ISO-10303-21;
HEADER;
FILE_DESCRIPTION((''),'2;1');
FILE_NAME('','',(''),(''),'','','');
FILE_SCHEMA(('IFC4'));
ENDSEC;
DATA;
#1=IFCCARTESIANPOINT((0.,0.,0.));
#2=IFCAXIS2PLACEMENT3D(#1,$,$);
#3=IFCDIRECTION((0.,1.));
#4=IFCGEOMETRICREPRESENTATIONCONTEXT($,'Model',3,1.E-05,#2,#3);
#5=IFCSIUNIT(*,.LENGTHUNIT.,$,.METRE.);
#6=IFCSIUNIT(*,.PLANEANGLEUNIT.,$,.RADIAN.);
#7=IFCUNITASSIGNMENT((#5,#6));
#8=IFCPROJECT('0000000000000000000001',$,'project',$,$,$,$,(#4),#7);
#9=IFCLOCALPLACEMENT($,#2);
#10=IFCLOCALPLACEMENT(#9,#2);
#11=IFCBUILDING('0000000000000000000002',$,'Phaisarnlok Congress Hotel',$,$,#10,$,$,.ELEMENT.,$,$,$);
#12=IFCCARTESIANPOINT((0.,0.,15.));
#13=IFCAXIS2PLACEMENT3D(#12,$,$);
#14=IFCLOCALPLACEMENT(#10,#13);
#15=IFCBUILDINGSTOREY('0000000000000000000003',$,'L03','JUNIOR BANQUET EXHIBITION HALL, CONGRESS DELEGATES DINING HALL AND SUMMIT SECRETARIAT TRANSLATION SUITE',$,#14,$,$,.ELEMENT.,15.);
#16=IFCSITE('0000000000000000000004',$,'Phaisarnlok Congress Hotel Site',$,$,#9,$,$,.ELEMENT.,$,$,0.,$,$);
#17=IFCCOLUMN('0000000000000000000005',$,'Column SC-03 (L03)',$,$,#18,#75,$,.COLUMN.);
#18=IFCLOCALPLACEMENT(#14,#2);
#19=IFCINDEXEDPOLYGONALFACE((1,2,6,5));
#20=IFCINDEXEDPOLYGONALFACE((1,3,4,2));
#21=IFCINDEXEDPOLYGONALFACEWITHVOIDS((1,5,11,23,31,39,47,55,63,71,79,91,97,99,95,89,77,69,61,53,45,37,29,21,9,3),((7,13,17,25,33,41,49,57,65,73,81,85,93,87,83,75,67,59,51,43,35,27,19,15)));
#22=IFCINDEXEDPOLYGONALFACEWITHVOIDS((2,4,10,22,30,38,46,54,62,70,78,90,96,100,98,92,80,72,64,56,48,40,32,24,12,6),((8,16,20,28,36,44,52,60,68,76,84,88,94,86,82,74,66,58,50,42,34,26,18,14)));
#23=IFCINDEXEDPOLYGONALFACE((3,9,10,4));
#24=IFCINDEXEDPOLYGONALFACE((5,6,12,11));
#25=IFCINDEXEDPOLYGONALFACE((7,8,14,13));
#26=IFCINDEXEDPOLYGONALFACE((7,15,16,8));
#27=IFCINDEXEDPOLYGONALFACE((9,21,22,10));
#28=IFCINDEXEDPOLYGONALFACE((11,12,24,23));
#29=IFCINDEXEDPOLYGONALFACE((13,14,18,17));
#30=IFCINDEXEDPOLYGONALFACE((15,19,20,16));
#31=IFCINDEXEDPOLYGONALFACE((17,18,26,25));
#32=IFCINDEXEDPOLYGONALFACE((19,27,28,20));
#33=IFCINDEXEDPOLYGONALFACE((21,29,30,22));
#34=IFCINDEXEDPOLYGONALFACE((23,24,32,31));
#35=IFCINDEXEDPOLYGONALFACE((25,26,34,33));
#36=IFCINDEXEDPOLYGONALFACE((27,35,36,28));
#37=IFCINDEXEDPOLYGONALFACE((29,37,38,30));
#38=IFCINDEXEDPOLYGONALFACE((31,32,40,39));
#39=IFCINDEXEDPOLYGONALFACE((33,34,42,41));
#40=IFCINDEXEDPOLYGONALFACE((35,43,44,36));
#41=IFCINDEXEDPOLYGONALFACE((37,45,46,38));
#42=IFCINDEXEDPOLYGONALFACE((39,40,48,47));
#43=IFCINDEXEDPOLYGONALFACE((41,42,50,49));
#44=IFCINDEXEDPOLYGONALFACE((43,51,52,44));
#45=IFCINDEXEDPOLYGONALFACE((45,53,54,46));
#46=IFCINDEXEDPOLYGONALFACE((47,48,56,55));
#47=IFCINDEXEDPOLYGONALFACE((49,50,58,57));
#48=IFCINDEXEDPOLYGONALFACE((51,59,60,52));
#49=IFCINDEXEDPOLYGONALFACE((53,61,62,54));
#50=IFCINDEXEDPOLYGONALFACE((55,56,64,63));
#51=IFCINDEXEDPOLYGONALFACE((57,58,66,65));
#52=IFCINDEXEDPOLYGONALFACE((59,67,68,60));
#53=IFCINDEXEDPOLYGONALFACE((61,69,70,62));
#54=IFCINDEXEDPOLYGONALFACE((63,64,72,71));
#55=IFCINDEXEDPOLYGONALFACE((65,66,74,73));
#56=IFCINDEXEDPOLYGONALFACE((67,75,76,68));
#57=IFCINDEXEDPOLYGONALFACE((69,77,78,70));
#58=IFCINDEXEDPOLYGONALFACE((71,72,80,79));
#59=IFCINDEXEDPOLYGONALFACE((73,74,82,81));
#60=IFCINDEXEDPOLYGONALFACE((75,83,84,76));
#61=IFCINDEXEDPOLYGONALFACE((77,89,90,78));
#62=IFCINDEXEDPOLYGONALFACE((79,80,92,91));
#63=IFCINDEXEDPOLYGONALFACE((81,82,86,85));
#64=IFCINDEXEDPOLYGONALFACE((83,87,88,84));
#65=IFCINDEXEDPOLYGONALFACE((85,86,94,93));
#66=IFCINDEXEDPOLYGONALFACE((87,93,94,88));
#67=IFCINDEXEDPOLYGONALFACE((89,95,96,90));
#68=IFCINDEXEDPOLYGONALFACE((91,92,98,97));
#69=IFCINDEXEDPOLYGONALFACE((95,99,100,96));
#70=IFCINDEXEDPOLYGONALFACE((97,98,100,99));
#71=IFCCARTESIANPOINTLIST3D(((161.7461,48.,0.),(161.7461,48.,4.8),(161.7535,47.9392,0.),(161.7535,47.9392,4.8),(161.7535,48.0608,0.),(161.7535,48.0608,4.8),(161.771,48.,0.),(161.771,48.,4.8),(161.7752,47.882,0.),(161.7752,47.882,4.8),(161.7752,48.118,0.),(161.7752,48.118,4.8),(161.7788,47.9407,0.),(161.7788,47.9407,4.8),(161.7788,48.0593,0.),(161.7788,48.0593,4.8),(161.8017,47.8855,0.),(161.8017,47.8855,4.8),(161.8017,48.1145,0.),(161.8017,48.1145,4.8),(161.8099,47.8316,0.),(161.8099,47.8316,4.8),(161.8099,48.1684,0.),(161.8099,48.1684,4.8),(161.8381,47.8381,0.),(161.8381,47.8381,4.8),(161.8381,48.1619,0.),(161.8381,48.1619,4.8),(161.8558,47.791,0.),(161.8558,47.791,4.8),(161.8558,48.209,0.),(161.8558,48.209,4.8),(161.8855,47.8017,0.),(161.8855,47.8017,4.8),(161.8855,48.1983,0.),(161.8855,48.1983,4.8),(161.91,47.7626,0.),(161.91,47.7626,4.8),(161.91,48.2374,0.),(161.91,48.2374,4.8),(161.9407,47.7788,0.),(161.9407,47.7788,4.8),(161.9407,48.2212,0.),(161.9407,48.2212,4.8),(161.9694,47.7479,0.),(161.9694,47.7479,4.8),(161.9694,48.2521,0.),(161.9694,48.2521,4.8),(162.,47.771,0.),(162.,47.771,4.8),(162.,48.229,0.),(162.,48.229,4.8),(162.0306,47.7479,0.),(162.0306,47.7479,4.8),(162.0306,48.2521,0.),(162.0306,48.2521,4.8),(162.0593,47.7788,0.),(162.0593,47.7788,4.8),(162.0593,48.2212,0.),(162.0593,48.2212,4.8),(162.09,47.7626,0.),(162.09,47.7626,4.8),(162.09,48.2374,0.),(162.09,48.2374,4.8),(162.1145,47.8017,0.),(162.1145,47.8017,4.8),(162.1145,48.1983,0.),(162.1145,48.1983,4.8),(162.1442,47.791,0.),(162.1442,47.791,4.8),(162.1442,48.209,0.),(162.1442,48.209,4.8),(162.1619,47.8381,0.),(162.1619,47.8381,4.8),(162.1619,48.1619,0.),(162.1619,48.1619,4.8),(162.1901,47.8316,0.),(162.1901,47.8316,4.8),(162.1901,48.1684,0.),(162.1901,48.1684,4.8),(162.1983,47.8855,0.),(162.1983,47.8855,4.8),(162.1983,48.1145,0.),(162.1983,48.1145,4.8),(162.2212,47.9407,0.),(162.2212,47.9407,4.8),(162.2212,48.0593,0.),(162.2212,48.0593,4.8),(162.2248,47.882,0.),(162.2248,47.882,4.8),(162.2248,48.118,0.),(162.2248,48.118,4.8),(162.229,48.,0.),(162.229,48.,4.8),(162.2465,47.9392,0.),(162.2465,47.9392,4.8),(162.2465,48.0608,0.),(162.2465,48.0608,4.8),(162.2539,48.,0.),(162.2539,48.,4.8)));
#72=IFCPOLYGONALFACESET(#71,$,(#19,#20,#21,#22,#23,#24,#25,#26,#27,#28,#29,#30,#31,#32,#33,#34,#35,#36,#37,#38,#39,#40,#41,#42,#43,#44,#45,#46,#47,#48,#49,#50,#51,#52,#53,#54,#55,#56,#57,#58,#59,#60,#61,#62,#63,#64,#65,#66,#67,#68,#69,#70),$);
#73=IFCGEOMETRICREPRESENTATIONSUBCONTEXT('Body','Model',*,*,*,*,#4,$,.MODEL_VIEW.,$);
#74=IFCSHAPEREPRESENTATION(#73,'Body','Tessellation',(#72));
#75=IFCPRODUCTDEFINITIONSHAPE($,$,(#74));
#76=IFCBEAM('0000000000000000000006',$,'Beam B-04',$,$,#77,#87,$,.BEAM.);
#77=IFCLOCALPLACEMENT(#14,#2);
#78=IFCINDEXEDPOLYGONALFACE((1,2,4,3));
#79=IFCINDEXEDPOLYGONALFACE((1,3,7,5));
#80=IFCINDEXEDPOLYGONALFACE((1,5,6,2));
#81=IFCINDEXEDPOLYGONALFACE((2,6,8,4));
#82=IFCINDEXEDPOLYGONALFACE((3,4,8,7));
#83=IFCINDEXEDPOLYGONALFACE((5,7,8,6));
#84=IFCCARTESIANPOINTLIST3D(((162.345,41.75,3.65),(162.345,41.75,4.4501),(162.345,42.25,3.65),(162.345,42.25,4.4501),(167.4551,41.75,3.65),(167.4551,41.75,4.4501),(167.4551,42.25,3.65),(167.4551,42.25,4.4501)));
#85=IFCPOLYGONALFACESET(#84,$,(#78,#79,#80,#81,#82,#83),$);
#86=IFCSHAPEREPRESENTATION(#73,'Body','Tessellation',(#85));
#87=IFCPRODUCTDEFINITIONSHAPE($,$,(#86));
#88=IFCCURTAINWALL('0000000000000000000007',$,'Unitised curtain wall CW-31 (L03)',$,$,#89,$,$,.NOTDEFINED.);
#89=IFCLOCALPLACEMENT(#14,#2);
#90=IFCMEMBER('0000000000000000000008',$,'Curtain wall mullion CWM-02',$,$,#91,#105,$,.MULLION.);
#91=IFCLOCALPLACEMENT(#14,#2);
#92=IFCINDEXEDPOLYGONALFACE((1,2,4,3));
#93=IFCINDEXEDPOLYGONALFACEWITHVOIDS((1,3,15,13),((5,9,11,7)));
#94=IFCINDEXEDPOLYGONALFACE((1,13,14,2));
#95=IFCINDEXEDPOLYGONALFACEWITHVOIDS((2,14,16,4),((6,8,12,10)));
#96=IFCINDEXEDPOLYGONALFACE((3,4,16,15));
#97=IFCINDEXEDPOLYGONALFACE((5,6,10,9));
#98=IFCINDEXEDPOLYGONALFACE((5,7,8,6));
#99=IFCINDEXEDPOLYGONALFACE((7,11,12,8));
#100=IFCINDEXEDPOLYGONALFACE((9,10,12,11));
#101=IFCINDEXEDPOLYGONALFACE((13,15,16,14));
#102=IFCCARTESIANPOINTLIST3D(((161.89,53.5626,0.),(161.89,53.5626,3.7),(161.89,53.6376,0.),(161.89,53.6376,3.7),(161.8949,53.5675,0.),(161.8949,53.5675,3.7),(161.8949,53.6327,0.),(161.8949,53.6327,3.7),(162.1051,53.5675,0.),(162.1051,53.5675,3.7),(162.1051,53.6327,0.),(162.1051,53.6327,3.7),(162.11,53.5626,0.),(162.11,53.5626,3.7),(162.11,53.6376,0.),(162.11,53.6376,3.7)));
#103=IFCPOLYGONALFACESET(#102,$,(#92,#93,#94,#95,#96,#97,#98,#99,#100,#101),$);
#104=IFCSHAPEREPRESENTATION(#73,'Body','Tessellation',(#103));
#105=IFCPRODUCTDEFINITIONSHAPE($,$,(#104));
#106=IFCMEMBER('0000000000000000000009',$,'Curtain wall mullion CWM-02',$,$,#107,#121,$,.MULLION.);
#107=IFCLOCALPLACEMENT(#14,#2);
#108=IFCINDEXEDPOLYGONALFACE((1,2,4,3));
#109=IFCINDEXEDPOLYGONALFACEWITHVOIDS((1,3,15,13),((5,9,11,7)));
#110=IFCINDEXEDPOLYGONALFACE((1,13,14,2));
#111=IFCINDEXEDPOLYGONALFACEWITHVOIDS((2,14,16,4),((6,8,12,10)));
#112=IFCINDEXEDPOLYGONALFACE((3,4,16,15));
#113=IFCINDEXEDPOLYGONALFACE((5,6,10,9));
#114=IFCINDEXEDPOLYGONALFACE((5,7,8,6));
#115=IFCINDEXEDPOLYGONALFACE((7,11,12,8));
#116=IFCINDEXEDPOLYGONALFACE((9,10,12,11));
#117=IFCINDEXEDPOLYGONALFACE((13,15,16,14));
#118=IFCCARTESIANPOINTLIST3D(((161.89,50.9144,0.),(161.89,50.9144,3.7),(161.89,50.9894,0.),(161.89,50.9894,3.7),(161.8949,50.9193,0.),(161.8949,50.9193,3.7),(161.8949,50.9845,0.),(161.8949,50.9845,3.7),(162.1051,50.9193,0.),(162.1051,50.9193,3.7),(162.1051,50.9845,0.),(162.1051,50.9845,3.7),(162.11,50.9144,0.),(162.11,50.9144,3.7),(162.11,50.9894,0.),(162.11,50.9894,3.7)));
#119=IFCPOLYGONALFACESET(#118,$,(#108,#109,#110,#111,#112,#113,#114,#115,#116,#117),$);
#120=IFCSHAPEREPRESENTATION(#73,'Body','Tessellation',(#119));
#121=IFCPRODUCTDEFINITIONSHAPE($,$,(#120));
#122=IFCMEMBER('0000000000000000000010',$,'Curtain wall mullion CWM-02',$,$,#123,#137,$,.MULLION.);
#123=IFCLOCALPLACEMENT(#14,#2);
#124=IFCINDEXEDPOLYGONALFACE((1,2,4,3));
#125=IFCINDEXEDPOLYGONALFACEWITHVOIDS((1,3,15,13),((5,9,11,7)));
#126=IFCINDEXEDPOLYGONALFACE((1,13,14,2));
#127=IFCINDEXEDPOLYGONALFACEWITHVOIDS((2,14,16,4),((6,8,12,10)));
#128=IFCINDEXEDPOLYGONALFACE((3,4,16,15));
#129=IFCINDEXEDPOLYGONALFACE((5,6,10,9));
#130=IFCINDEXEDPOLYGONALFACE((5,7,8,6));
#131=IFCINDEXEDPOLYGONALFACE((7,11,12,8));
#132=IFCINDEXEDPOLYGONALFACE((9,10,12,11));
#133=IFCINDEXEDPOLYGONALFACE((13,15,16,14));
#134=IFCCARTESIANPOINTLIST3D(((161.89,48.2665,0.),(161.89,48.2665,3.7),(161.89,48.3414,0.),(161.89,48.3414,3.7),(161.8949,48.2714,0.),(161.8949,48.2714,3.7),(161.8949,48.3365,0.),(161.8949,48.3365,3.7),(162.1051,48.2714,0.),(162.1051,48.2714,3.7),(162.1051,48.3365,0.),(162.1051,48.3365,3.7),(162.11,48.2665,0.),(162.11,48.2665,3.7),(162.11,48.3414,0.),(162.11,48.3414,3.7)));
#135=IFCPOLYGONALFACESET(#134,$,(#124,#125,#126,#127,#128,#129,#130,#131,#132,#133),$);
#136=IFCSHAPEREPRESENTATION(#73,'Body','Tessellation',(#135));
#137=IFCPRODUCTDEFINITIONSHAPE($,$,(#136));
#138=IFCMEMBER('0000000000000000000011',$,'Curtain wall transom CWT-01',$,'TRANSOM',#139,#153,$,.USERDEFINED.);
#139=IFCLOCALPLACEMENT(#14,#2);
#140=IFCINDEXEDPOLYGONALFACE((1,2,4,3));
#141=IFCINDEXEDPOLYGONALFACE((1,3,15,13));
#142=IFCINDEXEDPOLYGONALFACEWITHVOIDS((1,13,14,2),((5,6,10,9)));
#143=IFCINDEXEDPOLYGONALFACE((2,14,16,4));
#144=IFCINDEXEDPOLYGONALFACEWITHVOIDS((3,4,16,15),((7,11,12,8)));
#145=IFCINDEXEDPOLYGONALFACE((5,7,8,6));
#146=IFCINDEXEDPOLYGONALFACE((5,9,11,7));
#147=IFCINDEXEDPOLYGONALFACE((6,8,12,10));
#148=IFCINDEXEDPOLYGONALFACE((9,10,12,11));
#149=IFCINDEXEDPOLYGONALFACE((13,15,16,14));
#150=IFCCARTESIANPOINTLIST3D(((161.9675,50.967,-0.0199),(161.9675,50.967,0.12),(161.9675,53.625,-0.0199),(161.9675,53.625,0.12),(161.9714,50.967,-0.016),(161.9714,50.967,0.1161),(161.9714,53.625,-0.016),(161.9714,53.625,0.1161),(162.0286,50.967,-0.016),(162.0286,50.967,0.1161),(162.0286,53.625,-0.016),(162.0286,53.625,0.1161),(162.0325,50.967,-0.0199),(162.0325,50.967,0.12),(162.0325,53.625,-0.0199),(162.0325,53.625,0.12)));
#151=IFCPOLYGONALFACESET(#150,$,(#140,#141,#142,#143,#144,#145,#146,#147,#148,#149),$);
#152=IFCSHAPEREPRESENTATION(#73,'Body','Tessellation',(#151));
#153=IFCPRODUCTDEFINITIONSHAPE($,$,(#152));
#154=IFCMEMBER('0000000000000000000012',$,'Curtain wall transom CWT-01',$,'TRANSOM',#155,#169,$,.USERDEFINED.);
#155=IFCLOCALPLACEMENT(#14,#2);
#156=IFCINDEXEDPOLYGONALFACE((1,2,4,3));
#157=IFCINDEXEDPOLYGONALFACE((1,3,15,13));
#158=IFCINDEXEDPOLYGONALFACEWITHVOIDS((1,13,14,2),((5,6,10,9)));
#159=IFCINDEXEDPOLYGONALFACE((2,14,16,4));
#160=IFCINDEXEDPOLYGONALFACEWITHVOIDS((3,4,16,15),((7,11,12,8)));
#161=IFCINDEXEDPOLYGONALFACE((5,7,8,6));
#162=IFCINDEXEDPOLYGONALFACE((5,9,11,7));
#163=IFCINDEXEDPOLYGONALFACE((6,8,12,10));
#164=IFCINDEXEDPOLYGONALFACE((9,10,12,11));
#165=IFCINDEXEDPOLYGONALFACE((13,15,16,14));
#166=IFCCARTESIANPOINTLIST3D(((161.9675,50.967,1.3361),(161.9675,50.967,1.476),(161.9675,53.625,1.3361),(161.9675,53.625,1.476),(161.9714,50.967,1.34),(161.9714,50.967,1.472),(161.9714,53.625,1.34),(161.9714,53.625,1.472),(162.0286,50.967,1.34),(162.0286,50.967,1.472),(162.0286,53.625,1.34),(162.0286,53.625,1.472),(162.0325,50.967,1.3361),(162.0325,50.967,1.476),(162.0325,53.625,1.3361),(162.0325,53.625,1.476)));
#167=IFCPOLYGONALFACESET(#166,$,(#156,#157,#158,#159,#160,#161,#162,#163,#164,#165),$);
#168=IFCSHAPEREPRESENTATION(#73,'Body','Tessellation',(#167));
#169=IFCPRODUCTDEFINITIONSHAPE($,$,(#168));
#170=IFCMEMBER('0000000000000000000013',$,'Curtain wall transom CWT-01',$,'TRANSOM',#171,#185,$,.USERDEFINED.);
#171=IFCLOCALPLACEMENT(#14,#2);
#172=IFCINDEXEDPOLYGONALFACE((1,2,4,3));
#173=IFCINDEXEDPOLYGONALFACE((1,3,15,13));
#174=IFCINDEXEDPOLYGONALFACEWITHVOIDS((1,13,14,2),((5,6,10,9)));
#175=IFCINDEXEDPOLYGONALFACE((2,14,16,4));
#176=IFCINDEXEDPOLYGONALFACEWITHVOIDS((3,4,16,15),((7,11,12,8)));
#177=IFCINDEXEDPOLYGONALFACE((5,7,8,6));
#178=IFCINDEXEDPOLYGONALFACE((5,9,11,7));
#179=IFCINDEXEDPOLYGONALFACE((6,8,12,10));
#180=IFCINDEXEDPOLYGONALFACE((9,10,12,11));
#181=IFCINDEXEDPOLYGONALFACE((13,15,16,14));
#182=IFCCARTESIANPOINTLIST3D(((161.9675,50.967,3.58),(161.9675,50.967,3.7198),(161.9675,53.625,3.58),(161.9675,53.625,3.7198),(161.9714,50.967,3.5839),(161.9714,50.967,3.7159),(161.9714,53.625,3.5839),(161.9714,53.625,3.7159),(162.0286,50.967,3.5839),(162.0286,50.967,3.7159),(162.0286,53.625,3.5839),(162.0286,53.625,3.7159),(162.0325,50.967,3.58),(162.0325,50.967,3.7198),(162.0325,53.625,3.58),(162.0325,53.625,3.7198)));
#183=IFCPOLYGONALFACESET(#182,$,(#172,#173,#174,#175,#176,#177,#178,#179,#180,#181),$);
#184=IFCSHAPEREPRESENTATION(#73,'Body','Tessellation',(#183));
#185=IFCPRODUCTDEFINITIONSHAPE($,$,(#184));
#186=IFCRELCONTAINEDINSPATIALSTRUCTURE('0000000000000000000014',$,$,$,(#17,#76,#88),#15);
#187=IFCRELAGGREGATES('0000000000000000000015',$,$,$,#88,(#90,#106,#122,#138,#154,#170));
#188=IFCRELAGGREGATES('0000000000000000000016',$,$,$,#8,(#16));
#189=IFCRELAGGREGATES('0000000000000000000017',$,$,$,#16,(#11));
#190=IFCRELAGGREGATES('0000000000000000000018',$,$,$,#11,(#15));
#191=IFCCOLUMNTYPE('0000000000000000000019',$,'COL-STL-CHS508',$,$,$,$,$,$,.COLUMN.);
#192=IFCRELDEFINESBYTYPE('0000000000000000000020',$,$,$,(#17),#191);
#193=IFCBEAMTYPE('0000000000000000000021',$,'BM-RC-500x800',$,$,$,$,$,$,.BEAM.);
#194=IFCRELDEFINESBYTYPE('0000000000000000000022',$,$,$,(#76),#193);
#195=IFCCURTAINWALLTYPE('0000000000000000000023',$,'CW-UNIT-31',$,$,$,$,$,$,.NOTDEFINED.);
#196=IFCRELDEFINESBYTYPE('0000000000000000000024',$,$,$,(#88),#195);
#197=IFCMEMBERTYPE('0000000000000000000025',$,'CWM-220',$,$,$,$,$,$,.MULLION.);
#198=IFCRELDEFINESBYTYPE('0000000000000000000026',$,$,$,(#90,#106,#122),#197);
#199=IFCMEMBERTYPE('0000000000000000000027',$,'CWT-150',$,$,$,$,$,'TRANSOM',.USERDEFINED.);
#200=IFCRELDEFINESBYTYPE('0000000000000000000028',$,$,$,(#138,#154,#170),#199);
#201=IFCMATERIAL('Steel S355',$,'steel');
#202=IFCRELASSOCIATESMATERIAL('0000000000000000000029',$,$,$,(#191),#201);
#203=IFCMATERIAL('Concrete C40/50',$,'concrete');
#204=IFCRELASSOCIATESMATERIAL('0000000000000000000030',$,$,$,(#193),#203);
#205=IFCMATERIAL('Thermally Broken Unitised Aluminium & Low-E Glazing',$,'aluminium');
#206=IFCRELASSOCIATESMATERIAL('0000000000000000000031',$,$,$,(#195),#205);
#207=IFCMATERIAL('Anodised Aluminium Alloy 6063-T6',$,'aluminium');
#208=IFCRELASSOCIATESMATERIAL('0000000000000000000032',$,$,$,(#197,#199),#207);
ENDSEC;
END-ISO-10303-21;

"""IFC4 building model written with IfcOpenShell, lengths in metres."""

from ifc_helpers import new_model, si_unit, direction, frame, origin, origin_2d, place, context, subcontext, project, spatial, rectangle, hollow_rectangle, hollow_circle, extrude, material, material_profile, profile_set, type_object, element, aggregate, save


model = new_model("IFC4")

# Units and contexts
model_context = context("Model", 3, precision=1e-05, world=origin(), true_north=direction((0.0, 1.0)))
body_context = subcontext(model_context, "Body", "Model", "MODEL_VIEW")
ifc_project = project(units=[si_unit("LENGTHUNIT", "METRE"), si_unit("PLANEANGLEUNIT", "RADIAN")], contexts=[model_context])

# Site, building, storey
site_placement = place(None, origin())
site = spatial("IfcSite", under=ifc_project, at=site_placement, Name="Phaisarnlok Congress Hotel Site", CompositionType="ELEMENT", RefElevation=0.0)
building_placement = place(site_placement, origin())
building = spatial("IfcBuilding", under=site, at=building_placement, Name="Phaisarnlok Congress Hotel", CompositionType="ELEMENT")
storey_placement = place(building_placement, frame((0.0, 0.0, 15.0)))
storey = spatial("IfcBuildingStorey", under=building, at=storey_placement, Name="L03", Description="JUNIOR BANQUET EXHIBITION HALL, CONGRESS DELEGATES DINING HALL AND SUMMIT SECRETARIAT TRANSLATION SUITE", CompositionType="ELEMENT", Elevation=15.0)

# Column
ifc_material_1 = material(Name="Steel S355", Category="steel")
ifc_material_profile_1 = material_profile(ifc_material_1, hollow_circle(Radius=0.2539, WallThickness=0.0249, at=origin_2d()), Name="CHS 508x25")
ifc_profile_set_1 = profile_set([ifc_material_profile_1], Name="Steel S355")
column_type_1 = type_object("IfcColumnType", Name="COL-STL-CHS508", PredefinedType="COLUMN", material=ifc_profile_set_1)
for number, where, z_axis, x_axis, name in (
    (1, (162.0, 48.0, 0.0), (0.0, 0.0, 1.0), (1.0, 0.0, 0.0), "Column SC-03 (L03)"),
):
    element("IfcColumn", number, at=place(storey_placement, frame(where, z_axis=z_axis, x_axis=x_axis)), inside=storey, type_object=column_type_1, Name=name, PredefinedType="COLUMN", context=body_context, shape_type="SweptSolid", body=[
        extrude(hollow_circle(Radius=0.2539, WallThickness=0.0249, at=origin_2d()), origin(), (0.0, 0.0, 1.0), 4.8),
    ])

# Beam
ifc_material_2 = material(Name="Concrete C40/50", Category="concrete")
ifc_material_profile_2 = material_profile(ifc_material_2, rectangle(XDim=0.5, YDim=0.8, at=origin_2d()), Name="RC 500x800")
ifc_profile_set_2 = profile_set([ifc_material_profile_2], Name="Concrete C40/50")
beam_type_1 = type_object("IfcBeamType", Name="BM-RC-500x800", PredefinedType="BEAM", material=ifc_profile_set_2)
beam_1_placement = place(storey_placement, frame((162.345, 42.0, 4.05), z_axis=(1.0, 0.0, 0.0), x_axis=(0.0, 1.0, 0.0)))
element("IfcBeam", 2, at=beam_1_placement, inside=storey, type_object=beam_type_1, Name="Beam B-04", PredefinedType="BEAM", context=body_context, shape_type="SweptSolid", body=[
    extrude(rectangle(XDim=0.5, YDim=0.8, at=origin_2d()), origin(), (0.0, 0.0, 1.0), 5.1101),
])

# Curtain wall, members
ifc_material_3 = material(Name="Thermally Broken Unitised Aluminium & Low-E Glazing", Category="aluminium")
curtain_wall_type = type_object("IfcCurtainWallType", Name="CW-UNIT-31", PredefinedType="NOTDEFINED", material=ifc_material_3)
curtain_wall_placement = place(storey_placement, origin())
curtain_wall = element("IfcCurtainWall", 3, at=curtain_wall_placement, inside=storey, type_object=curtain_wall_type, Name="Unitised curtain wall CW-31 (L03)", PredefinedType="NOTDEFINED")
ifc_material_4 = material(Name="Anodised Aluminium Alloy 6063-T6", Category="aluminium")
ifc_material_profile_3 = material_profile(ifc_material_4, hollow_rectangle(XDim=0.075, YDim=0.22, WallThickness=0.0049, at=origin_2d()), Name="ALU-M 75x220x5")
ifc_profile_set_3 = profile_set([ifc_material_profile_3], Name="Anodised Aluminium Alloy 6063-T6")
member_type_1 = type_object("IfcMemberType", Name="CWM-220", PredefinedType="MULLION", material=ifc_profile_set_3)
member_1_placement = place(storey_placement, frame((162.0, 53.6001, 0.0), z_axis=(0.0, 0.0, 1.0), x_axis=(0.0, -1.0, 0.0)))
member_1 = element("IfcMember", 4, at=member_1_placement, type_object=member_type_1, Name="Curtain wall mullion CWM-02", PredefinedType="MULLION", context=body_context, shape_type="SweptSolid", body=[
    extrude(hollow_rectangle(XDim=0.075, YDim=0.22, WallThickness=0.0049, at=origin_2d()), origin(), (0.0, 0.0, 1.0), 3.7),
])
member_2_placement = place(storey_placement, frame((162.0, 50.9519, 0.0), z_axis=(0.0, 0.0, 1.0), x_axis=(0.0, -1.0, 0.0)))
member_2 = element("IfcMember", 5, at=member_2_placement, type_object=member_type_1, Name="Curtain wall mullion CWM-02", PredefinedType="MULLION", context=body_context, shape_type="SweptSolid", body=[
    extrude(hollow_rectangle(XDim=0.075, YDim=0.22, WallThickness=0.0049, at=origin_2d()), origin(), (0.0, 0.0, 1.0), 3.7),
])
member_3_placement = place(storey_placement, frame((162.0, 48.304, 0.0), z_axis=(0.0, 0.0, 1.0), x_axis=(0.0, -1.0, 0.0)))
member_3 = element("IfcMember", 6, at=member_3_placement, type_object=member_type_1, Name="Curtain wall mullion CWM-02", PredefinedType="MULLION", context=body_context, shape_type="SweptSolid", body=[
    extrude(hollow_rectangle(XDim=0.075, YDim=0.22, WallThickness=0.0049, at=origin_2d()), origin(), (0.0, 0.0, 1.0), 3.7),
])
ifc_material_profile_4 = material_profile(ifc_material_4, hollow_rectangle(XDim=0.0649, YDim=0.1399, WallThickness=0.0039, at=origin_2d()), Name="ALU-T 65x140x4")
ifc_profile_set_4 = profile_set([ifc_material_profile_4], Name="Anodised Aluminium Alloy 6063-T6")
member_type_2 = type_object("IfcMemberType", Name="CWT-150", ElementType="TRANSOM", PredefinedType="USERDEFINED", material=ifc_profile_set_4)
member_4_placement = place(storey_placement, frame((162.0, 53.625, 0.05), z_axis=(0.0, -1.0, 0.0), x_axis=(1.0, 0.0, 0.0)))
member_4 = element("IfcMember", 7, at=member_4_placement, type_object=member_type_2, Name="Curtain wall transom CWT-01", ObjectType="TRANSOM", PredefinedType="USERDEFINED", context=body_context, shape_type="SweptSolid", body=[
    extrude(hollow_rectangle(XDim=0.0649, YDim=0.1399, WallThickness=0.0039, at=origin_2d()), origin(), (0.0, 0.0, 1.0), 2.658),
])
member_5_placement = place(storey_placement, frame((162.0, 53.625, 1.406), z_axis=(0.0, -1.0, 0.0), x_axis=(1.0, 0.0, 0.0)))
member_5 = element("IfcMember", 8, at=member_5_placement, type_object=member_type_2, Name="Curtain wall transom CWT-01", ObjectType="TRANSOM", PredefinedType="USERDEFINED", context=body_context, shape_type="SweptSolid", body=[
    extrude(hollow_rectangle(XDim=0.0649, YDim=0.1399, WallThickness=0.0039, at=origin_2d()), origin(), (0.0, 0.0, 1.0), 2.658),
])
member_6_placement = place(storey_placement, frame((162.0, 53.625, 3.6499), z_axis=(0.0, -1.0, 0.0), x_axis=(1.0, 0.0, 0.0)))
member_6 = element("IfcMember", 9, at=member_6_placement, type_object=member_type_2, Name="Curtain wall transom CWT-01", ObjectType="TRANSOM", PredefinedType="USERDEFINED", context=body_context, shape_type="SweptSolid", body=[
    extrude(hollow_rectangle(XDim=0.0649, YDim=0.1399, WallThickness=0.0039, at=origin_2d()), origin(), (0.0, 0.0, 1.0), 2.658),
])

aggregate(curtain_wall, [member_1, member_2, member_3, member_4, member_5, member_6])

save(model, "model.ifc")
